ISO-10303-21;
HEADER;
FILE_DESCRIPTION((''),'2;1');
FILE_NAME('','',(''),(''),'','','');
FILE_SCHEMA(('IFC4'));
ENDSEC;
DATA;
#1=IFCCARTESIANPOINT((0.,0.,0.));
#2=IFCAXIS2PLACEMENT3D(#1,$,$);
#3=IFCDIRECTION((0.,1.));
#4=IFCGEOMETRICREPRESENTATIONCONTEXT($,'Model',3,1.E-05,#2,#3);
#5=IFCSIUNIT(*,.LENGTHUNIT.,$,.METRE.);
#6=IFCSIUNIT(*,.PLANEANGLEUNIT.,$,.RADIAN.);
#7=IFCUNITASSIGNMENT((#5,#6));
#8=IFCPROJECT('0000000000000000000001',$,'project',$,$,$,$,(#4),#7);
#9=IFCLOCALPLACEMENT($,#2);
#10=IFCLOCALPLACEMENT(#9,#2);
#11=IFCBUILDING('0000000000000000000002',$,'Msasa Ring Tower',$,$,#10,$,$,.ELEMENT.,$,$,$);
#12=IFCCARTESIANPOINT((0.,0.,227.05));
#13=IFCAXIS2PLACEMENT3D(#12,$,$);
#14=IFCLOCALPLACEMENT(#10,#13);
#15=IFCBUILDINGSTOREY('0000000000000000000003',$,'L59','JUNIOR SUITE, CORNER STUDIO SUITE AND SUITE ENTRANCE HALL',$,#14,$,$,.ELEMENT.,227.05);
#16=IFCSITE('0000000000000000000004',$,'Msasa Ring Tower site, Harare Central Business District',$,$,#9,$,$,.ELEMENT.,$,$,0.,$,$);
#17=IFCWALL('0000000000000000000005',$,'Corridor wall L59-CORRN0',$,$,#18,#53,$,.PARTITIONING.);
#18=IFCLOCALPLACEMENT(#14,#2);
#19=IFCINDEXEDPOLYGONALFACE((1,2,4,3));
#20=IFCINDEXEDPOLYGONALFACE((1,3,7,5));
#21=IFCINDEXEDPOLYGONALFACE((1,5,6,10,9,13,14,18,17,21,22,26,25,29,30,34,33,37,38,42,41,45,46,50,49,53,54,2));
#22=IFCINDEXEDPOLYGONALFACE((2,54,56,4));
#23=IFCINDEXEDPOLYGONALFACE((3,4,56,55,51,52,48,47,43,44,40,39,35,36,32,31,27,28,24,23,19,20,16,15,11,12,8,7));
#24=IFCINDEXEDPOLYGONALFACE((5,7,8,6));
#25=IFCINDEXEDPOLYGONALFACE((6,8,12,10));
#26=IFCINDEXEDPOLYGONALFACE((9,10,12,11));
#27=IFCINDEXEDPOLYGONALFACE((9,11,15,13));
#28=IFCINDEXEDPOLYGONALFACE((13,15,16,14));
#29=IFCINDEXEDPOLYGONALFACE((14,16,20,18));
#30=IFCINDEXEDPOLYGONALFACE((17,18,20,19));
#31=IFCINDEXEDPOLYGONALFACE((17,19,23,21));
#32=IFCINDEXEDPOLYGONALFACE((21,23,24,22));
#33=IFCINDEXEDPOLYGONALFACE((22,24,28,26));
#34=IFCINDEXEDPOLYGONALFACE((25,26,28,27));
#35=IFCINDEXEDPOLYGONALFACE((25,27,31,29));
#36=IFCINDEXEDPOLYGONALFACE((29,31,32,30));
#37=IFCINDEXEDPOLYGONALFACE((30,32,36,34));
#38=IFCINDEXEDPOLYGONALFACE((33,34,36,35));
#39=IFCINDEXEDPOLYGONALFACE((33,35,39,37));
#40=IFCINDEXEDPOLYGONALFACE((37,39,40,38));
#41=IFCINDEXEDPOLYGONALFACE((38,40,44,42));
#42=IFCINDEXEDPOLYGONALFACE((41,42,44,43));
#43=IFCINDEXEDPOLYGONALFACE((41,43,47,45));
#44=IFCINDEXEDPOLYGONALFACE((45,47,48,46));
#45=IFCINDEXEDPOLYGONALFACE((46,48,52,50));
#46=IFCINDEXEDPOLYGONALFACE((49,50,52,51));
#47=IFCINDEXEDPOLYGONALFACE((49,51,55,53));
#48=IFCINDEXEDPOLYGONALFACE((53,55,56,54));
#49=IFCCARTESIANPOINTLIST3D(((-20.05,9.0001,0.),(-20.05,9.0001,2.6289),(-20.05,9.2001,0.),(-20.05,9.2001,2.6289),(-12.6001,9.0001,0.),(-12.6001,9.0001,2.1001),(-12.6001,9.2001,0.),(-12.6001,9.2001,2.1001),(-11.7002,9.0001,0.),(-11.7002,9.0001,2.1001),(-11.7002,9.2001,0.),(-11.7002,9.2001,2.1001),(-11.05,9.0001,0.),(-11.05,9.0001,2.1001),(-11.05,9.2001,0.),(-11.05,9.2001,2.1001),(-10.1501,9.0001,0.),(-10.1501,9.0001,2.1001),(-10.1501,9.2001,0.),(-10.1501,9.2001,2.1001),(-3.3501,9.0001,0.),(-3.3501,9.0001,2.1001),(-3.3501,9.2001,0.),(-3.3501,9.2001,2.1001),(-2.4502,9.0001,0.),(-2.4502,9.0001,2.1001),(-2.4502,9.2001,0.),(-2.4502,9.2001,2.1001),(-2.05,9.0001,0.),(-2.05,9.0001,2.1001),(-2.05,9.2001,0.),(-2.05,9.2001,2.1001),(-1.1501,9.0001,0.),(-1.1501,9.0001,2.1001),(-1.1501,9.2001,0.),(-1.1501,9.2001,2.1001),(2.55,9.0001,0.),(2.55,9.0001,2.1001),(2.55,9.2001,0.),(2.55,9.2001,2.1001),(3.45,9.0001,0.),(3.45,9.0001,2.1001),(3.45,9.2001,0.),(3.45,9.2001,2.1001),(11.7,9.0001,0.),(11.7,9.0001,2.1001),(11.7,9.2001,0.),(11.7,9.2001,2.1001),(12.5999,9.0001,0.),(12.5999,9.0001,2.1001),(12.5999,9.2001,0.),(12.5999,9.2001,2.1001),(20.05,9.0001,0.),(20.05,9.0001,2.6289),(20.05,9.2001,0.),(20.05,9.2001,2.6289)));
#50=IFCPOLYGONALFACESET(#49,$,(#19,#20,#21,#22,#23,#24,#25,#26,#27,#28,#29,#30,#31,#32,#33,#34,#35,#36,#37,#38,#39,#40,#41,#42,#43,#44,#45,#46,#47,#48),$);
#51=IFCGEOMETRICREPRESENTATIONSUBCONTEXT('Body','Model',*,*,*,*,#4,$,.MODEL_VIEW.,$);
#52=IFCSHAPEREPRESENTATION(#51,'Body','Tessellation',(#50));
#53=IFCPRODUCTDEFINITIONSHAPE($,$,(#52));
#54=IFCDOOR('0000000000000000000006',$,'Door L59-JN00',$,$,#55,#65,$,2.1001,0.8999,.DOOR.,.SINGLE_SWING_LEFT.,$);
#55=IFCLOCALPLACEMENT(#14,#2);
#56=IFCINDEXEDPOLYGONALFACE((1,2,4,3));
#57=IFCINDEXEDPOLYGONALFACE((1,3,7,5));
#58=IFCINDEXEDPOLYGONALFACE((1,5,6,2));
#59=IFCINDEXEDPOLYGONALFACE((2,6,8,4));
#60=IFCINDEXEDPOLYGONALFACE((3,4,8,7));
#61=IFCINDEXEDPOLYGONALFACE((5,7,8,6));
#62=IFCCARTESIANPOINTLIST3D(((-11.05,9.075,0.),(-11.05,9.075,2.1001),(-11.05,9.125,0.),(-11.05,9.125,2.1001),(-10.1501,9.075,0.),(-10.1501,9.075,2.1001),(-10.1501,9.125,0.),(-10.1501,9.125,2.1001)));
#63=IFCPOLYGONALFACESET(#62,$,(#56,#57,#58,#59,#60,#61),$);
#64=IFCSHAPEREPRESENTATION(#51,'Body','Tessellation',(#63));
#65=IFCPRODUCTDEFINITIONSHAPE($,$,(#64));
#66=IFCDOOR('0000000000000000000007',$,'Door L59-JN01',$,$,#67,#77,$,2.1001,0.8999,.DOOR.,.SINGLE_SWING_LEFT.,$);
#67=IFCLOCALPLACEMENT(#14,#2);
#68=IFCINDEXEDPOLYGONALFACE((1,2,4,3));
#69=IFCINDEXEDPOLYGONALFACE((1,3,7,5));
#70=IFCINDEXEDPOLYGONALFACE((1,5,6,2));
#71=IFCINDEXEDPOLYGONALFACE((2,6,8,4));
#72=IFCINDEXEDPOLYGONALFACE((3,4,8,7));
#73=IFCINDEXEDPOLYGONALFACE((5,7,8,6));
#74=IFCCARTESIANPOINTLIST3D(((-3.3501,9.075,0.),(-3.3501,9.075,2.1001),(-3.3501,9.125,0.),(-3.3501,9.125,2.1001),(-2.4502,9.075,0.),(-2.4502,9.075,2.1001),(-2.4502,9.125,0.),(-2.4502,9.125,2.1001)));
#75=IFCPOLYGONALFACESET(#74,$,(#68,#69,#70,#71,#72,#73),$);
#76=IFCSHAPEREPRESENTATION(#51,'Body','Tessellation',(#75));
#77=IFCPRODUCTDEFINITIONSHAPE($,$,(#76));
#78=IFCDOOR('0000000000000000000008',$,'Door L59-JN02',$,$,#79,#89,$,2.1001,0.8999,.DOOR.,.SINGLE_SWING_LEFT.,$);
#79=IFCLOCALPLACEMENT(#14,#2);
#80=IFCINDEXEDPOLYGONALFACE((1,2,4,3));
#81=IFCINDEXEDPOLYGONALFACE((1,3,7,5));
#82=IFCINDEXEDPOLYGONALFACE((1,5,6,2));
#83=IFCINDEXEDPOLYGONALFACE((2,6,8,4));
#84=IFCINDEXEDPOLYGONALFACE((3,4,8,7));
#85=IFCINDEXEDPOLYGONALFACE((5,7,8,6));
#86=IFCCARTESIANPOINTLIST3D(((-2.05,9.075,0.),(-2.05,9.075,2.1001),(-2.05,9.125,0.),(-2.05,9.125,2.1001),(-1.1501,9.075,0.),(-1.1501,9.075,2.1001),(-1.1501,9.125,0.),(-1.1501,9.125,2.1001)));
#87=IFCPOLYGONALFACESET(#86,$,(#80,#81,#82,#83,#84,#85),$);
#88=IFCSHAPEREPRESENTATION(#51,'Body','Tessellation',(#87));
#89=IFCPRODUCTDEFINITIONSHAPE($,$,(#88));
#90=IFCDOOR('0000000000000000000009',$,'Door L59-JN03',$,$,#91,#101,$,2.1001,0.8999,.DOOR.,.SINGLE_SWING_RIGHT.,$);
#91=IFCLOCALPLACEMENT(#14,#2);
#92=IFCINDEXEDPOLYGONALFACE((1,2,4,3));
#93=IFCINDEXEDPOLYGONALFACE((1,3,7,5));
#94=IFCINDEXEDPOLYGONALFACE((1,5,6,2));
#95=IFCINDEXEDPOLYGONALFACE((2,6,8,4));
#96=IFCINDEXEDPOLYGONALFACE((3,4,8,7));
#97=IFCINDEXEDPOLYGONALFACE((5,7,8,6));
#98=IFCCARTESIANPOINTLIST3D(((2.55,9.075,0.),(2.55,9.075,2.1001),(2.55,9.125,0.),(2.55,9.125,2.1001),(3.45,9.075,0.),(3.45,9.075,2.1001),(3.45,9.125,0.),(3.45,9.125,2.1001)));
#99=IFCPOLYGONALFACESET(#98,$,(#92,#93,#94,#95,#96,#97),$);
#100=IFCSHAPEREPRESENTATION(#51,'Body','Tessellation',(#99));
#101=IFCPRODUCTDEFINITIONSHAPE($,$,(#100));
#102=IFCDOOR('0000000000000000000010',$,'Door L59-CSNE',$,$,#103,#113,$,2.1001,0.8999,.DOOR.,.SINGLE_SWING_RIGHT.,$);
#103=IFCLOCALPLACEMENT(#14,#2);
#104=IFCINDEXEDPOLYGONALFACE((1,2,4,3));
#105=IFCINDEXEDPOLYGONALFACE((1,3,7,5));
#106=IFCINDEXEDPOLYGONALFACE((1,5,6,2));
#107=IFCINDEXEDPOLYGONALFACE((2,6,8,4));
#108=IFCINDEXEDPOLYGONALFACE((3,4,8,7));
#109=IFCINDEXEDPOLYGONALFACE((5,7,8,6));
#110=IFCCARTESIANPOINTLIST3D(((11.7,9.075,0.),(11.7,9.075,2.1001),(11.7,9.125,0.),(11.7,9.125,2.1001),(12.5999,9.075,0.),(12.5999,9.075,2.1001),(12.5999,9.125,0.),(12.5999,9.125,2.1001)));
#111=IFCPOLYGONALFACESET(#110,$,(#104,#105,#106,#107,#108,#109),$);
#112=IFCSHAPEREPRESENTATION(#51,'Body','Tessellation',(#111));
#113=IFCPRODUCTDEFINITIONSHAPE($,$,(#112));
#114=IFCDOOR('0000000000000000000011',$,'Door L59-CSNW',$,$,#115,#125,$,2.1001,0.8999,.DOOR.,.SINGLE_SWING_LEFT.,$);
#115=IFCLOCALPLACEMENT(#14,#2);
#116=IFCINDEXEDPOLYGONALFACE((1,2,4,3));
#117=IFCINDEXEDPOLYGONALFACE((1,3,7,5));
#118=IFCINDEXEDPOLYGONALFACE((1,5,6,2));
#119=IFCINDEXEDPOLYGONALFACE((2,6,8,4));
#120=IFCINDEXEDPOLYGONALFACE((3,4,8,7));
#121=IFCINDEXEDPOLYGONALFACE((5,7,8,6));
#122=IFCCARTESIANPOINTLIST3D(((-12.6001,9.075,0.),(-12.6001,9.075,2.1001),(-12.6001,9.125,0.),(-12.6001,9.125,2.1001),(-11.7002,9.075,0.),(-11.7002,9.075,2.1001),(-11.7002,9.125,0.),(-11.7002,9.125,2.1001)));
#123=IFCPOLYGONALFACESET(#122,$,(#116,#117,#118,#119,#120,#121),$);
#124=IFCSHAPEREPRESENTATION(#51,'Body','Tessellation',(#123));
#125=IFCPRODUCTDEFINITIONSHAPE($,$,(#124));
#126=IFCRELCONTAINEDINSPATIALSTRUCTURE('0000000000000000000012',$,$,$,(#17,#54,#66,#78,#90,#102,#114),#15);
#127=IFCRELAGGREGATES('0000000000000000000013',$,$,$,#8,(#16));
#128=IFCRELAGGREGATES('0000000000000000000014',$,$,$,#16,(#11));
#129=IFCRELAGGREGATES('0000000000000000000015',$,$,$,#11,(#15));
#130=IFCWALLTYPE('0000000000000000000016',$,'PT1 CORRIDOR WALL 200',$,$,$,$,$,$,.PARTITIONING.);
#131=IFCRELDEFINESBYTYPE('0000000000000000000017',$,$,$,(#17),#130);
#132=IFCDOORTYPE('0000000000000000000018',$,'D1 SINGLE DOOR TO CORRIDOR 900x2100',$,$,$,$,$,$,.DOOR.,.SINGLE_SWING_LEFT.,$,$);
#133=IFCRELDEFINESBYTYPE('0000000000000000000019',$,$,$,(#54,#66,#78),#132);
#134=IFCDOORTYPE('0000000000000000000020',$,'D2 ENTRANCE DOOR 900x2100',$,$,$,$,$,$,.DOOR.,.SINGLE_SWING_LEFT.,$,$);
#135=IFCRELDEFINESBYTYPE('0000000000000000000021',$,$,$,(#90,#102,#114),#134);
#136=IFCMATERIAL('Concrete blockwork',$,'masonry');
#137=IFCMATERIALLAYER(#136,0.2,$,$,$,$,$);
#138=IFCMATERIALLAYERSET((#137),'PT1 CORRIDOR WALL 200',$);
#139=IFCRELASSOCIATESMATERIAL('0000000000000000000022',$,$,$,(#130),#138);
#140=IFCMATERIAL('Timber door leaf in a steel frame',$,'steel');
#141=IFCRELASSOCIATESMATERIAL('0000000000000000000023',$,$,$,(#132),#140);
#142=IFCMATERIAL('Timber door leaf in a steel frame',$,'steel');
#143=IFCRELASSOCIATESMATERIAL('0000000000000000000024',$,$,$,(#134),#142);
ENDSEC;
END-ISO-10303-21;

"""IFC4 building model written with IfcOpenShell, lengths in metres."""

from ifc_helpers import new_model, si_unit, direction, frame, frame_2d, origin, place, context, subcontext, project, spatial, rectangle, extrude, material, layer, layer_set, type_object, element, fill, save


model = new_model("IFC4")

# Units and contexts
model_context = context("Model", 3, precision=1e-05, world=origin(), true_north=direction((0.0, 1.0)))
body_context = subcontext(model_context, "Body", "Model", "MODEL_VIEW")
ifc_project = project(units=[si_unit("LENGTHUNIT", "METRE"), si_unit("PLANEANGLEUNIT", "RADIAN")], contexts=[model_context])

# Site, building, storey
site_placement = place(None, origin())
site = spatial("IfcSite", under=ifc_project, at=site_placement, Name="Msasa Ring Tower site, Harare Central Business District", CompositionType="ELEMENT", RefElevation=0.0)
building_placement = place(site_placement, origin())
building = spatial("IfcBuilding", under=site, at=building_placement, Name="Msasa Ring Tower", CompositionType="ELEMENT")
storey_placement = place(building_placement, frame((0.0, 0.0, 227.05)))
storey = spatial("IfcBuildingStorey", under=building, at=storey_placement, Name="L59", Description="JUNIOR SUITE, CORNER STUDIO SUITE AND SUITE ENTRANCE HALL", CompositionType="ELEMENT", Elevation=227.05)

# Wall, openings, doors
ifc_material_1 = material(Name="Concrete blockwork", Category="masonry")
ifc_layer_1 = layer(ifc_material_1, 0.2)
ifc_layer_set_1 = layer_set([ifc_layer_1], Name="PT1 CORRIDOR WALL 200")
wall_type_1 = type_object("IfcWallType", Name="PT1 CORRIDOR WALL 200", PredefinedType="PARTITIONING", material=ifc_layer_set_1)
wall_1_placement = place(storey_placement, frame((-20.05, 9.1001, 0.0), z_axis=(0.0, 0.0, 1.0), x_axis=(1.0, 0.0, 0.0)))
wall_1 = element("IfcWall", 1, at=wall_1_placement, inside=storey, type_object=wall_type_1, Name="Corridor wall L59-CORRN0", PredefinedType="PARTITIONING", context=body_context, shape_type="SweptSolid", body=[
    extrude(rectangle(XDim=40.1001, YDim=0.2, at=frame_2d((20.05, 0.0))), origin(), (0.0, 0.0, 1.0), 2.6289),
])
opening_1_placement = place(wall_1_placement, frame((9.0, 0.0, 0.0)))
opening_1 = element("IfcOpeningElement", 2, at=opening_1_placement, cuts=wall_1, PredefinedType="OPENING", context=body_context, shape_type="SweptSolid", body=[
    extrude(rectangle(XDim=0.8999, YDim=2.1001, at=frame_2d((0.45, 1.05))), frame((0.0, 0.1099, 0.0), z_axis=(0.0, -1.0, 0.0), x_axis=(1.0, 0.0, 0.0)), (0.0, 0.0, 1.0), 0.22),
])
opening_2_placement = place(wall_1_placement, frame((16.7, 0.0, 0.0)))
opening_2 = element("IfcOpeningElement", 3, at=opening_2_placement, cuts=wall_1, PredefinedType="OPENING", context=body_context, shape_type="SweptSolid", body=[
    extrude(rectangle(XDim=0.8999, YDim=2.1001, at=frame_2d((0.45, 1.05))), frame((0.0, 0.1099, 0.0), z_axis=(0.0, -1.0, 0.0), x_axis=(1.0, 0.0, 0.0)), (0.0, 0.0, 1.0), 0.22),
])
opening_3_placement = place(wall_1_placement, frame((18.0, 0.0, 0.0)))
opening_3 = element("IfcOpeningElement", 4, at=opening_3_placement, cuts=wall_1, PredefinedType="OPENING", context=body_context, shape_type="SweptSolid", body=[
    extrude(rectangle(XDim=0.8999, YDim=2.1001, at=frame_2d((0.45, 1.05))), frame((0.0, 0.1099, 0.0), z_axis=(0.0, -1.0, 0.0), x_axis=(1.0, 0.0, 0.0)), (0.0, 0.0, 1.0), 0.22),
])
opening_4_placement = place(wall_1_placement, frame((22.6001, 0.0, 0.0)))
opening_4 = element("IfcOpeningElement", 5, at=opening_4_placement, cuts=wall_1, PredefinedType="OPENING", context=body_context, shape_type="SweptSolid", body=[
    extrude(rectangle(XDim=0.8999, YDim=2.1001, at=frame_2d((0.45, 1.05))), frame((0.0, 0.1099, 0.0), z_axis=(0.0, -1.0, 0.0), x_axis=(1.0, 0.0, 0.0)), (0.0, 0.0, 1.0), 0.22),
])
opening_5_placement = place(wall_1_placement, frame((31.75, 0.0, 0.0)))
opening_5 = element("IfcOpeningElement", 6, at=opening_5_placement, cuts=wall_1, PredefinedType="OPENING", context=body_context, shape_type="SweptSolid", body=[
    extrude(rectangle(XDim=0.8999, YDim=2.1001, at=frame_2d((0.45, 1.05))), frame((0.0, 0.1099, 0.0), z_axis=(0.0, -1.0, 0.0), x_axis=(1.0, 0.0, 0.0)), (0.0, 0.0, 1.0), 0.22),
])
opening_6_placement = place(wall_1_placement, frame((7.45, 0.0, 0.0)))
opening_6 = element("IfcOpeningElement", 7, at=opening_6_placement, cuts=wall_1, PredefinedType="OPENING", context=body_context, shape_type="SweptSolid", body=[
    extrude(rectangle(XDim=0.8999, YDim=2.1001, at=frame_2d((0.45, 1.05))), frame((0.0, 0.1099, 0.0), z_axis=(0.0, -1.0, 0.0), x_axis=(1.0, 0.0, 0.0)), (0.0, 0.0, 1.0), 0.22),
])
ifc_material_2 = material(Name="Timber door leaf in a steel frame", Category="steel")
door_type_1 = type_object("IfcDoorType", Name="D1 SINGLE DOOR TO CORRIDOR 900x2100", OperationType="SINGLE_SWING_LEFT", PredefinedType="DOOR", material=ifc_material_2)
door_1_placement = place(opening_1_placement, origin())
door_1 = element("IfcDoor", 8, at=door_1_placement, inside=storey, type_object=door_type_1, Name="Door L59-JN00", OperationType="SINGLE_SWING_LEFT", OverallHeight=2.1001, OverallWidth=0.8999, PredefinedType="DOOR", context=body_context, shape_type="SweptSolid", body=[
    extrude(rectangle(XDim=0.8999, YDim=2.1001, at=frame_2d((0.45, 1.05))), frame((0.0, 0.0249, 0.0), z_axis=(0.0, -1.0, 0.0), x_axis=(1.0, 0.0, 0.0)), (0.0, 0.0, 1.0), 0.05),
])
fill(opening_1, door_1)
door_2_placement = place(opening_2_placement, origin())
door_2 = element("IfcDoor", 9, at=door_2_placement, inside=storey, type_object=door_type_1, Name="Door L59-JN01", OperationType="SINGLE_SWING_LEFT", OverallHeight=2.1001, OverallWidth=0.8999, PredefinedType="DOOR", context=body_context, shape_type="SweptSolid", body=[
    extrude(rectangle(XDim=0.8999, YDim=2.1001, at=frame_2d((0.45, 1.05))), frame((0.0, 0.0249, 0.0), z_axis=(0.0, -1.0, 0.0), x_axis=(1.0, 0.0, 0.0)), (0.0, 0.0, 1.0), 0.05),
])
fill(opening_2, door_2)
door_3_placement = place(opening_3_placement, origin())
door_3 = element("IfcDoor", 10, at=door_3_placement, inside=storey, type_object=door_type_1, Name="Door L59-JN02", OperationType="SINGLE_SWING_LEFT", OverallHeight=2.1001, OverallWidth=0.8999, PredefinedType="DOOR", context=body_context, shape_type="SweptSolid", body=[
    extrude(rectangle(XDim=0.8999, YDim=2.1001, at=frame_2d((0.45, 1.05))), frame((0.0, 0.0249, 0.0), z_axis=(0.0, -1.0, 0.0), x_axis=(1.0, 0.0, 0.0)), (0.0, 0.0, 1.0), 0.05),
])
fill(opening_3, door_3)
ifc_material_3 = material(Name="Timber door leaf in a steel frame", Category="steel")
door_type_2 = type_object("IfcDoorType", Name="D2 ENTRANCE DOOR 900x2100", OperationType="SINGLE_SWING_LEFT", PredefinedType="DOOR", material=ifc_material_3)
door_4_placement = place(opening_4_placement, origin())
door_4 = element("IfcDoor", 11, at=door_4_placement, inside=storey, type_object=door_type_2, Name="Door L59-JN03", OperationType="SINGLE_SWING_RIGHT", OverallHeight=2.1001, OverallWidth=0.8999, PredefinedType="DOOR", context=body_context, shape_type="SweptSolid", body=[
    extrude(rectangle(XDim=0.8999, YDim=2.1001, at=frame_2d((0.45, 1.05))), frame((0.0, 0.0249, 0.0), z_axis=(0.0, -1.0, 0.0), x_axis=(1.0, 0.0, 0.0)), (0.0, 0.0, 1.0), 0.05),
])
fill(opening_4, door_4)
door_5_placement = place(opening_5_placement, origin())
door_5 = element("IfcDoor", 12, at=door_5_placement, inside=storey, type_object=door_type_2, Name="Door L59-CSNE", OperationType="SINGLE_SWING_RIGHT", OverallHeight=2.1001, OverallWidth=0.8999, PredefinedType="DOOR", context=body_context, shape_type="SweptSolid", body=[
    extrude(rectangle(XDim=0.8999, YDim=2.1001, at=frame_2d((0.45, 1.05))), frame((0.0, 0.0249, 0.0), z_axis=(0.0, -1.0, 0.0), x_axis=(1.0, 0.0, 0.0)), (0.0, 0.0, 1.0), 0.05),
])
fill(opening_5, door_5)
door_6_placement = place(opening_6_placement, origin())
door_6 = element("IfcDoor", 13, at=door_6_placement, inside=storey, type_object=door_type_2, Name="Door L59-CSNW", OperationType="SINGLE_SWING_LEFT", OverallHeight=2.1001, OverallWidth=0.8999, PredefinedType="DOOR", context=body_context, shape_type="SweptSolid", body=[
    extrude(rectangle(XDim=0.8999, YDim=2.1001, at=frame_2d((0.45, 1.05))), frame((0.0, 0.0249, 0.0), z_axis=(0.0, -1.0, 0.0), x_axis=(1.0, 0.0, 0.0)), (0.0, 0.0, 1.0), 0.05),
])
fill(opening_6, door_6)

save(model, "model.ifc")
